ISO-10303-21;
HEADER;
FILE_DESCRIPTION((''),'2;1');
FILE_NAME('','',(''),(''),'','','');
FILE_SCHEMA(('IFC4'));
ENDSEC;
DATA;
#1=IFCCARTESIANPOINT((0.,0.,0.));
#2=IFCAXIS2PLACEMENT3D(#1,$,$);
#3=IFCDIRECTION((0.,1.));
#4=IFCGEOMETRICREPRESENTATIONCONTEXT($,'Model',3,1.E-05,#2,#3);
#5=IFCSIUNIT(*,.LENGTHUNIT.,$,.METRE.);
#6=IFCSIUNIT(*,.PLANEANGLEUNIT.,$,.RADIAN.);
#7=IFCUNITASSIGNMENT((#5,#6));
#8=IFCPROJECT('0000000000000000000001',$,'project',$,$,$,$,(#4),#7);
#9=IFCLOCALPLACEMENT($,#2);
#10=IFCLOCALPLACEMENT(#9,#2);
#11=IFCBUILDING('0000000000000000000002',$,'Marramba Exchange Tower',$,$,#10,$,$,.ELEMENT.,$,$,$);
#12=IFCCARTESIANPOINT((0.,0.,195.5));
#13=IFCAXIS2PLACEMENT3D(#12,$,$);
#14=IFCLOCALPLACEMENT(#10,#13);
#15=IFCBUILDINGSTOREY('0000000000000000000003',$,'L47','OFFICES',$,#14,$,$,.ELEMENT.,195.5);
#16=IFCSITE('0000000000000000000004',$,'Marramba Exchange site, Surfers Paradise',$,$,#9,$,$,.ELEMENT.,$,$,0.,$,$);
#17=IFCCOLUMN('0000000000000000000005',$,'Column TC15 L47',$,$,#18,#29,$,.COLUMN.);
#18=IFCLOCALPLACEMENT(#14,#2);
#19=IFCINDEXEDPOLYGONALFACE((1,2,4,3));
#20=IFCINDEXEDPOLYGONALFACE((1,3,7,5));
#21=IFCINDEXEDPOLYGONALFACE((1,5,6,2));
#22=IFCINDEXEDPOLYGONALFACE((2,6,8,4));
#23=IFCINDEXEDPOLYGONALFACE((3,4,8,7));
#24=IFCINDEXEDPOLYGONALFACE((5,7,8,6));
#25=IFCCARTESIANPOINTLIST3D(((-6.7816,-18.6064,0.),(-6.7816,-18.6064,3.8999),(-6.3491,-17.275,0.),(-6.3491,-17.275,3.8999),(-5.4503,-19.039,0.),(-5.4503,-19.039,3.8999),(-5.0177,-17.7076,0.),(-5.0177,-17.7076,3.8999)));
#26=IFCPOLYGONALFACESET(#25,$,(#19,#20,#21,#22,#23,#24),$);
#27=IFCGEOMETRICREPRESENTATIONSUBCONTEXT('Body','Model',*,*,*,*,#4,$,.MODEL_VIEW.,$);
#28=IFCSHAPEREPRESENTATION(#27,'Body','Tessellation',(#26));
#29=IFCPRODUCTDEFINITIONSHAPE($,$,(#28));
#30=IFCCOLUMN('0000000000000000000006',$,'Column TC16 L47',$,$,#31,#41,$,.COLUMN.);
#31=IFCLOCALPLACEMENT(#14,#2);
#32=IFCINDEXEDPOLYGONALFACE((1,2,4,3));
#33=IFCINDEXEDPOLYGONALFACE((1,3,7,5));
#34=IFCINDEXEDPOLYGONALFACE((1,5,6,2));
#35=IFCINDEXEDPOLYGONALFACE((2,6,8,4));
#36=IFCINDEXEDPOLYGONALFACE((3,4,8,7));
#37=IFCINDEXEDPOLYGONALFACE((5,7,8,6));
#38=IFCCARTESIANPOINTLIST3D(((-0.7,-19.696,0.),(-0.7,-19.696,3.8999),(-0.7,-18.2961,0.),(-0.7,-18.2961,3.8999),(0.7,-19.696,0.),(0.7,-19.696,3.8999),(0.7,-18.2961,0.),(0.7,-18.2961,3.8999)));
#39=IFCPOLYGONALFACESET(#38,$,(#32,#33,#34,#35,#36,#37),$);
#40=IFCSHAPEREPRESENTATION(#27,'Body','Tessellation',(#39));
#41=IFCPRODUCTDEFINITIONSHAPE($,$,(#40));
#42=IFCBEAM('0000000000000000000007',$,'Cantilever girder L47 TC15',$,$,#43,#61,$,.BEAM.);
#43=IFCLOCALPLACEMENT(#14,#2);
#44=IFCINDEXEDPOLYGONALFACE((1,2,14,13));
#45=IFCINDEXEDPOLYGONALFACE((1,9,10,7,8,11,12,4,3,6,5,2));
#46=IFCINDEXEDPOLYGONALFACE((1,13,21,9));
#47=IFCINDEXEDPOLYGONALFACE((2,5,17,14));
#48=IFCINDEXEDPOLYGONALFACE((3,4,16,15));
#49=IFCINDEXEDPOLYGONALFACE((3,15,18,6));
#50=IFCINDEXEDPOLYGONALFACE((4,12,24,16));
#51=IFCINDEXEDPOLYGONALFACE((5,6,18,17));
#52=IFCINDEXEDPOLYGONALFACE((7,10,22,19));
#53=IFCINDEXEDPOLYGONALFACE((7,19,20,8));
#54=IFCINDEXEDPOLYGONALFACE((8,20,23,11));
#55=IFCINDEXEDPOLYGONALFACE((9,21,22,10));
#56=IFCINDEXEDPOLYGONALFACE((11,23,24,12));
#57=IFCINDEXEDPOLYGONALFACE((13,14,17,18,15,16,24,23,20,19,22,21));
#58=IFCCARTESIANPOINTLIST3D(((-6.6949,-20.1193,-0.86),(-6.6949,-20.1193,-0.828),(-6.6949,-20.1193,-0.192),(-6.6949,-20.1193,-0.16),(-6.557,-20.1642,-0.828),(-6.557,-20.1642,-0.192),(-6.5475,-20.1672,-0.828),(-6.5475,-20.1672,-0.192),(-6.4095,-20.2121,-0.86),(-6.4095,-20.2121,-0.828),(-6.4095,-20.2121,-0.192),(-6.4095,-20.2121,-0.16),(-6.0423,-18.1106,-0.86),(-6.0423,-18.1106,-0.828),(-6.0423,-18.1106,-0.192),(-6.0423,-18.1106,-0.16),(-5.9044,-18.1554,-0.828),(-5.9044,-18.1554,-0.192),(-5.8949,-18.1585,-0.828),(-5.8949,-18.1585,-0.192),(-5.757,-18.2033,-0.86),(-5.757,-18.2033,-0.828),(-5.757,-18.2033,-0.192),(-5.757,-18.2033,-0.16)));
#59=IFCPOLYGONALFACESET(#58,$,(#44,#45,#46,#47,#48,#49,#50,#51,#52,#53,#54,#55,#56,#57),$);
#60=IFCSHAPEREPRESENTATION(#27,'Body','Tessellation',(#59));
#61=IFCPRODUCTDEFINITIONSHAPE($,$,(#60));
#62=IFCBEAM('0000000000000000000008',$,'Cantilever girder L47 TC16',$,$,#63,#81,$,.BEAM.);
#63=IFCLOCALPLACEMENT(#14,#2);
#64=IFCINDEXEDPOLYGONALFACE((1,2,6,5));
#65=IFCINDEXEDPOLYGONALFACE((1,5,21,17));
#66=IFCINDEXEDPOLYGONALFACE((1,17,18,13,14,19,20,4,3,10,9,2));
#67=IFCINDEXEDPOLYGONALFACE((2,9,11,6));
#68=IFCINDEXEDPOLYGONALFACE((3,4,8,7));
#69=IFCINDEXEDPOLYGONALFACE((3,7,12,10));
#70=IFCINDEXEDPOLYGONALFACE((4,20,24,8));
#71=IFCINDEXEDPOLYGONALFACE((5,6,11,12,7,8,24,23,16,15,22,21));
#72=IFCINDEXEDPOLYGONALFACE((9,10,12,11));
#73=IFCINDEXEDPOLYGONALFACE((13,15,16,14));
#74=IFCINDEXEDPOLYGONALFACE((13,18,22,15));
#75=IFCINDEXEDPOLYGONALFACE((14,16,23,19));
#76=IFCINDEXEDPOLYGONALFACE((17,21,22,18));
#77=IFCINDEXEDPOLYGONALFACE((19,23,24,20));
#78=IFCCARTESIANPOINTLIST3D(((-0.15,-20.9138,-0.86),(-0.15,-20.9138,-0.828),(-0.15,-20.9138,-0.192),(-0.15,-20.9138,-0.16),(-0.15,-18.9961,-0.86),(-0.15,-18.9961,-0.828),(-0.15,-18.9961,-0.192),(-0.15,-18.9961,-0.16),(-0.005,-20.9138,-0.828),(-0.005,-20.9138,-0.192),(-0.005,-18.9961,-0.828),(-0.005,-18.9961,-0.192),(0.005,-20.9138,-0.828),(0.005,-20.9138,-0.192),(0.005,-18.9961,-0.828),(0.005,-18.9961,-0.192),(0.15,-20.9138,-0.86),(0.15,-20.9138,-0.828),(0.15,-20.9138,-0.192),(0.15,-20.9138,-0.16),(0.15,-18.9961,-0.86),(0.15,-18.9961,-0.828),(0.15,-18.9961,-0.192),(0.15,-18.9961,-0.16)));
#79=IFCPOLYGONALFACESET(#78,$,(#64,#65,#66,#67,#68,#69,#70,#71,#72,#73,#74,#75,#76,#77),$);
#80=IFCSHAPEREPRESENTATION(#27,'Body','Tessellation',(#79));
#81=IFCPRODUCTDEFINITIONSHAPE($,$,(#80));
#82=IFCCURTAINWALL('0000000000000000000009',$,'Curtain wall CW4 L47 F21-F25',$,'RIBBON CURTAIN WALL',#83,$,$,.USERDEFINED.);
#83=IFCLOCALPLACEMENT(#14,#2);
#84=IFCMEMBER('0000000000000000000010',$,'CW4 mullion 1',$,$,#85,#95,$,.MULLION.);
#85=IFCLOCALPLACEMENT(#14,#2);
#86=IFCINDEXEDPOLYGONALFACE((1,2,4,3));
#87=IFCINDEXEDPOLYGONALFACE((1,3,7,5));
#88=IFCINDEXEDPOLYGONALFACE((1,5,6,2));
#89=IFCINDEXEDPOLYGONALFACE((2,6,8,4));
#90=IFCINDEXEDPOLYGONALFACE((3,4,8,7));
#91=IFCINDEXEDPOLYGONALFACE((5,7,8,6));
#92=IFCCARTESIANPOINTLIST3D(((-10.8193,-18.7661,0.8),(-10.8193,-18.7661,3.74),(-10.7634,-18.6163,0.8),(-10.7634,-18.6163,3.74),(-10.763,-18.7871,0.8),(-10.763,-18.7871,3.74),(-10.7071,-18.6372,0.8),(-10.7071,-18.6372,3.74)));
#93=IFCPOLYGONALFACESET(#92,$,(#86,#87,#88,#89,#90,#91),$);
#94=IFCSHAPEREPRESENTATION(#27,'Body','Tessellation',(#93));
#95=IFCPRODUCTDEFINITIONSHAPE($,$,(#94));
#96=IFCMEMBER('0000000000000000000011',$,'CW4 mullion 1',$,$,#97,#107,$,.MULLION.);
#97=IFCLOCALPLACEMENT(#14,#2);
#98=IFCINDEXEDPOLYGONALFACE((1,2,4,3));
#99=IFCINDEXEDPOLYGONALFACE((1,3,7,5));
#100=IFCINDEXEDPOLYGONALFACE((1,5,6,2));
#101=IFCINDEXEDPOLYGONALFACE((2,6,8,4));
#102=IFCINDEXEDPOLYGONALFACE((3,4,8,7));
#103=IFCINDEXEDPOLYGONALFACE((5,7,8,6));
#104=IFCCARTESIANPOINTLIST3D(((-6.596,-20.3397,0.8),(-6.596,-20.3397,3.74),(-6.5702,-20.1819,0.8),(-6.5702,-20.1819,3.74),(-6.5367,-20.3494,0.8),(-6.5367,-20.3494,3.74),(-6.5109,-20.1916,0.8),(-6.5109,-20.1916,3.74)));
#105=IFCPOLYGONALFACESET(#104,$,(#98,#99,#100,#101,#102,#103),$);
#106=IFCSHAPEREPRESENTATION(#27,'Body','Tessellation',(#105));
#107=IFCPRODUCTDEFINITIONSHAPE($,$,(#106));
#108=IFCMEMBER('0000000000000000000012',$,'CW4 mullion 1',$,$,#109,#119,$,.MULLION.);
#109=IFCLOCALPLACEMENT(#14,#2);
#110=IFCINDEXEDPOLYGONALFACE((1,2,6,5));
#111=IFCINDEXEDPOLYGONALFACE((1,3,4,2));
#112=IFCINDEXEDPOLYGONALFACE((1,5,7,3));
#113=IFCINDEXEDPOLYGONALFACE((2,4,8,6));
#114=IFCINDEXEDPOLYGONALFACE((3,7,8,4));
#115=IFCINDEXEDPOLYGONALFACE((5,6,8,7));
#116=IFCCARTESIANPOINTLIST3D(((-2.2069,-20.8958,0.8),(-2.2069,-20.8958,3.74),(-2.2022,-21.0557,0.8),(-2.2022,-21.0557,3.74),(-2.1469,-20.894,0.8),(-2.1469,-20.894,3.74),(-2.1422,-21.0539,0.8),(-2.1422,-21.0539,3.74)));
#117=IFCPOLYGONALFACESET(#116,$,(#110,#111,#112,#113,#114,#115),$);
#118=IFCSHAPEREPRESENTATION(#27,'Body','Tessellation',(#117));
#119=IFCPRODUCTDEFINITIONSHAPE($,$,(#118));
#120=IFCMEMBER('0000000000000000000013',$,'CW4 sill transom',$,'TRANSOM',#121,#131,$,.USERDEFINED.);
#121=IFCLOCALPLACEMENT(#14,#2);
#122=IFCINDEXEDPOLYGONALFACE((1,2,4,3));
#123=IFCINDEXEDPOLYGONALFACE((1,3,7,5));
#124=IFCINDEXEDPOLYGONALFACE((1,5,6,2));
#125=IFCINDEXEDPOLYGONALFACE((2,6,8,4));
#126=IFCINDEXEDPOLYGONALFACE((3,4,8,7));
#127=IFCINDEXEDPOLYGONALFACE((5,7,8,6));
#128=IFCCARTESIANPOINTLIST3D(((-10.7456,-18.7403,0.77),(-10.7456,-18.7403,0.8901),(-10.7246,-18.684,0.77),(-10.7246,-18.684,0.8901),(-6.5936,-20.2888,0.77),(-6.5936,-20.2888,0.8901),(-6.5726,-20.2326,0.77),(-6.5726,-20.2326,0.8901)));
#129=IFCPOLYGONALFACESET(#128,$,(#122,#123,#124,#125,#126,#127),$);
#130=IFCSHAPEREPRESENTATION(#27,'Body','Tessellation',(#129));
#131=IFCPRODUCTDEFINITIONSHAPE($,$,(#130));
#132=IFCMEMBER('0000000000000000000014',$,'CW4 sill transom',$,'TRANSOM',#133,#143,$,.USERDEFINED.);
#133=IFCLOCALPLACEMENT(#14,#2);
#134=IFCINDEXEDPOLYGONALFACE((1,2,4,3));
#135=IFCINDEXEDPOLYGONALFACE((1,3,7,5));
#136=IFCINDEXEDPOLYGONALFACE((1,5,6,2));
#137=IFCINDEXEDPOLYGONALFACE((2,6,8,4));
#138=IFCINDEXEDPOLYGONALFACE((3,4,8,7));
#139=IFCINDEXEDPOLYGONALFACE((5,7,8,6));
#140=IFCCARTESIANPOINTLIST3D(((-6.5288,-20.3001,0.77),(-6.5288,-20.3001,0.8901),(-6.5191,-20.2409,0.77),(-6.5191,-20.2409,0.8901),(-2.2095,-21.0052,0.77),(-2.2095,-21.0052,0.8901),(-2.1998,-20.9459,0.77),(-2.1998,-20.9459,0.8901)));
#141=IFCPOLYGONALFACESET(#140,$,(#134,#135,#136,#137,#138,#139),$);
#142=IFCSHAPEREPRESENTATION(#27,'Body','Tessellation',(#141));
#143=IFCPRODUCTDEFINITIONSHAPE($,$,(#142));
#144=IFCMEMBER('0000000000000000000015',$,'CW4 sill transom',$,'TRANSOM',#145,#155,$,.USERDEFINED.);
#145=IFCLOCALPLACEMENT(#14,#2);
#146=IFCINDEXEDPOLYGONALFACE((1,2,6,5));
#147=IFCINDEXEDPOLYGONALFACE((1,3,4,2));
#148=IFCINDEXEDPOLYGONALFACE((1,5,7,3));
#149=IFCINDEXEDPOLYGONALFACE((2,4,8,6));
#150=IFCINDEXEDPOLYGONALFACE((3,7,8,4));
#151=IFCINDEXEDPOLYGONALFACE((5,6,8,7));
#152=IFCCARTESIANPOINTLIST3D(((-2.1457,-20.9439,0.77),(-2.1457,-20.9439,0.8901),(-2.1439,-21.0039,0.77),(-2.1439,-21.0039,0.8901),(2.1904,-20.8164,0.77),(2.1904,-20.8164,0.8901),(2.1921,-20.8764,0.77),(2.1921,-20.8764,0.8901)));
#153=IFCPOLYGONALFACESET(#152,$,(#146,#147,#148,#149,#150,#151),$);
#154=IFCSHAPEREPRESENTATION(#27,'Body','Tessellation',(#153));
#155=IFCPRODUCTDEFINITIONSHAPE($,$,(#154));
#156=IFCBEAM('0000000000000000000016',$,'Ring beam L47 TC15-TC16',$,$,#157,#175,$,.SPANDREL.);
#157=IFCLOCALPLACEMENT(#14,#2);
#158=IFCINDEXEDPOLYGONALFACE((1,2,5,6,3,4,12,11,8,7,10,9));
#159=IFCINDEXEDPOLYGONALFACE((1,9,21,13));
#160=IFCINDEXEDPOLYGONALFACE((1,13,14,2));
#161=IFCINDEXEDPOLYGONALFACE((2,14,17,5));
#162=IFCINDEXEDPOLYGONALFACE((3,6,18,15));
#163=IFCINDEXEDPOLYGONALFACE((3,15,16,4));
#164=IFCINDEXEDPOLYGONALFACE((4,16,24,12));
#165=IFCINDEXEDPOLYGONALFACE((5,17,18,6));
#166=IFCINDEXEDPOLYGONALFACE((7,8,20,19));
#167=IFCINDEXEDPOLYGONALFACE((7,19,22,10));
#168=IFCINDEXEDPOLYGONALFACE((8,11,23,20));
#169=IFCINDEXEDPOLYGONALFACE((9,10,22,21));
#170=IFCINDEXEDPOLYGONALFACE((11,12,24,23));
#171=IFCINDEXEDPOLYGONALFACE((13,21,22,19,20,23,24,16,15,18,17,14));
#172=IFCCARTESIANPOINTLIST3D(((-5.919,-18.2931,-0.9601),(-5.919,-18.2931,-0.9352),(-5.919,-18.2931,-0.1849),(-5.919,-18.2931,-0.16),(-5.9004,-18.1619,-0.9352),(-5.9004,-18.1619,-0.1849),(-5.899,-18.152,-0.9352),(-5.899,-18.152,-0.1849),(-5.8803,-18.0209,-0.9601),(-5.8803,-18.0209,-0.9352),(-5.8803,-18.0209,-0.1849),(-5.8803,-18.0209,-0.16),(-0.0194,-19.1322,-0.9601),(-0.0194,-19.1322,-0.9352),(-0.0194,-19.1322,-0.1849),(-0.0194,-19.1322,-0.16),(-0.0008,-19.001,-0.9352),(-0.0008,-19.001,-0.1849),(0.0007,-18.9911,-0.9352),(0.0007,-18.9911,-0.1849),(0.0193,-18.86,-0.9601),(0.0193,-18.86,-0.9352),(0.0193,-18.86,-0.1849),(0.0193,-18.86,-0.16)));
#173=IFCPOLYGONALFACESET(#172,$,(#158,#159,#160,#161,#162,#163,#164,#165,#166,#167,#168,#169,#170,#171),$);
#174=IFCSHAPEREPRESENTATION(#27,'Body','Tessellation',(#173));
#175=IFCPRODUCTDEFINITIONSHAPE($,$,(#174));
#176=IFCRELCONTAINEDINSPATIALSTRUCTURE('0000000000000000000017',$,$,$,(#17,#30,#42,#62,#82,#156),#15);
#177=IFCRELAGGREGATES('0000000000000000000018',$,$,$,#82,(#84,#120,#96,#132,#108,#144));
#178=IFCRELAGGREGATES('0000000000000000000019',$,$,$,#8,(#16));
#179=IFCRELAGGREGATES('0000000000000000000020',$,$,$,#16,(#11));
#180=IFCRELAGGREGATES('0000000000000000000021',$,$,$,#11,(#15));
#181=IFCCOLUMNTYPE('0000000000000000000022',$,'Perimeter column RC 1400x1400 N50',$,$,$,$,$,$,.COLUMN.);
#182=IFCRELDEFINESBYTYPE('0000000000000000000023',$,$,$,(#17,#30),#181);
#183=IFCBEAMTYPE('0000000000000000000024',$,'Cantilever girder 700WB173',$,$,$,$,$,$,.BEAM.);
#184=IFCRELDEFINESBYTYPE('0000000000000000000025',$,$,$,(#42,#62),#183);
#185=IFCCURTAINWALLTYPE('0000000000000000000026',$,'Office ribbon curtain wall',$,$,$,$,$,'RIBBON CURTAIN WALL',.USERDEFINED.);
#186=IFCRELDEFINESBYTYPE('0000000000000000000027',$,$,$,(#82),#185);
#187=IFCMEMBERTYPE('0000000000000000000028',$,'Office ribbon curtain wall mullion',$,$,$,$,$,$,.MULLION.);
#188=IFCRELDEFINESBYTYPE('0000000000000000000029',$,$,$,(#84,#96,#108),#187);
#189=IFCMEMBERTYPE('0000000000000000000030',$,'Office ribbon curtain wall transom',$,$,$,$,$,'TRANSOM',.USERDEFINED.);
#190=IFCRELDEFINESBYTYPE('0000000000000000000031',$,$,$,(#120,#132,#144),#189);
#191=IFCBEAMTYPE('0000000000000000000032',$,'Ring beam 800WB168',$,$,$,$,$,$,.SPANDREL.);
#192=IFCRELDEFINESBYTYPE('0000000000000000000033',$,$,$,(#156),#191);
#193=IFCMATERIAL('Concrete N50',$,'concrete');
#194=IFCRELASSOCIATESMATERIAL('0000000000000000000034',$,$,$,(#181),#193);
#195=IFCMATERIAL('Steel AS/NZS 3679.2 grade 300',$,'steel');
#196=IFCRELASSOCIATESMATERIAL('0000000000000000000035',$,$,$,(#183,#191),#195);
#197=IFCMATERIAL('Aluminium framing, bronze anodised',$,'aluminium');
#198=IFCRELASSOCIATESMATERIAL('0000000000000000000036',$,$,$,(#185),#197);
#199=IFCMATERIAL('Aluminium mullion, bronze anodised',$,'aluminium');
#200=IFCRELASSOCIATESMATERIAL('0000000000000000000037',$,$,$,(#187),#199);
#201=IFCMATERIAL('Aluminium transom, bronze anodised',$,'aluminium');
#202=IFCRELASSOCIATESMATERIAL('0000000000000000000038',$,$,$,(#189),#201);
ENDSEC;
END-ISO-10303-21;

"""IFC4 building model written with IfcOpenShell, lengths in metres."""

from ifc_helpers import new_model, si_unit, direction, frame, origin, origin_2d, place, context, subcontext, project, spatial, rectangle, i_section, extrude, material, material_profile, profile_set, type_object, element, aggregate, save


model = new_model("IFC4")

# Units and contexts
model_context = context("Model", 3, precision=1e-05, world=origin(), true_north=direction((0.0, 1.0)))
body_context = subcontext(model_context, "Body", "Model", "MODEL_VIEW")
ifc_project = project(units=[si_unit("LENGTHUNIT", "METRE"), si_unit("PLANEANGLEUNIT", "RADIAN")], contexts=[model_context])

# Site, building, storey
site_placement = place(None, origin())
site = spatial("IfcSite", under=ifc_project, at=site_placement, Name="Marramba Exchange site, Surfers Paradise", CompositionType="ELEMENT", RefElevation=0.0)
building_placement = place(site_placement, origin())
building = spatial("IfcBuilding", under=site, at=building_placement, Name="Marramba Exchange Tower", CompositionType="ELEMENT")
storey_placement = place(building_placement, frame((0.0, 0.0, 195.5)))
storey = spatial("IfcBuildingStorey", under=building, at=storey_placement, Name="L47", Description="OFFICES", CompositionType="ELEMENT", Elevation=195.5)

# Columns
ifc_material_1 = material(Name="Concrete N50", Category="concrete")
ifc_material_profile_1 = material_profile(ifc_material_1, rectangle(XDim=1.3999, YDim=1.3999, at=origin_2d()), Name="RC 1400x1400")
ifc_profile_set_1 = profile_set([ifc_material_profile_1], Name="Concrete N50")
column_type = type_object("IfcColumnType", Name="Perimeter column RC 1400x1400 N50", PredefinedType="COLUMN", material=ifc_profile_set_1)
for number, where, z_axis, x_axis, name in (
    (1, (-5.8997, -18.157, 0.0), (0.0, 0.0, 1.0), (-0.309017, -0.951057, 0.0), "Column TC15 L47"),
    (2, (0.0, -18.9961, 0.0), (0.0, 0.0, 1.0), (0.0, -1.0, 0.0), "Column TC16 L47"),
):
    element("IfcColumn", number, at=place(storey_placement, frame(where, z_axis=z_axis, x_axis=x_axis)), inside=storey, type_object=column_type, Name=name, PredefinedType="COLUMN", context=body_context, shape_type="SweptSolid", body=[
        extrude(rectangle(XDim=1.3999, YDim=1.3999, at=origin_2d()), origin(), (0.0, 0.0, 1.0), 3.8999),
    ])

# Beams
ifc_material_2 = material(Name="Steel AS/NZS 3679.2 grade 300", Category="steel")
ifc_material_profile_2 = material_profile(ifc_material_2, i_section(OverallWidth=0.3, OverallDepth=0.7, WebThickness=0.01, FlangeThickness=0.032, at=origin_2d()), Name="700WB173")
ifc_profile_set_2 = profile_set([ifc_material_profile_2], Name="Steel AS/NZS 3679.2 grade 300")
beam_type_1 = type_object("IfcBeamType", Name="Cantilever girder 700WB173", PredefinedType="BEAM", material=ifc_profile_set_2)
beam_1_placement = place(storey_placement, frame((-5.8997, -18.157, -0.51), z_axis=(-0.308971, -0.951071, 0.0), x_axis=(0.951071, -0.308971, 0.0)))
element("IfcBeam", 3, at=beam_1_placement, inside=storey, type_object=beam_type_1, Name="Cantilever girder L47 TC15", PredefinedType="BEAM", context=body_context, shape_type="SweptSolid", body=[
    extrude(i_section(OverallWidth=0.3, OverallDepth=0.7, WebThickness=0.01, FlangeThickness=0.032, at=origin_2d()), origin(), (0.0, 0.0, 1.0), 2.1121),
])
beam_2_placement = place(storey_placement, frame((0.0, -18.9961, -0.51), z_axis=(0.0, -1.0, 0.0), x_axis=(1.0, 0.0, 0.0)))
element("IfcBeam", 4, at=beam_2_placement, inside=storey, type_object=beam_type_1, Name="Cantilever girder L47 TC16", PredefinedType="BEAM", context=body_context, shape_type="SweptSolid", body=[
    extrude(i_section(OverallWidth=0.3, OverallDepth=0.7, WebThickness=0.01, FlangeThickness=0.032, at=origin_2d()), origin(), (0.0, 0.0, 1.0), 1.9177),
])

# Curtain wall, members
ifc_material_3 = material(Name="Aluminium framing, bronze anodised", Category="aluminium")
curtain_wall_type = type_object("IfcCurtainWallType", Name="Office ribbon curtain wall", ElementType="RIBBON CURTAIN WALL", PredefinedType="USERDEFINED", material=ifc_material_3)
curtain_wall_1_placement = place(storey_placement, origin())
curtain_wall_1 = element("IfcCurtainWall", 5, at=curtain_wall_1_placement, inside=storey, type_object=curtain_wall_type, Name="Curtain wall CW4 L47 F21-F25", ObjectType="RIBBON CURTAIN WALL", PredefinedType="USERDEFINED")
ifc_material_4 = material(Name="Aluminium mullion, bronze anodised", Category="aluminium")
ifc_material_profile_3 = material_profile(ifc_material_4, rectangle(XDim=0.1599, YDim=0.0601, at=origin_2d()), Name="CW4 mullion 60x160")
ifc_profile_set_3 = profile_set([ifc_material_profile_3], Name="Aluminium mullion, bronze anodised")
member_type_1 = type_object("IfcMemberType", Name="Office ribbon curtain wall mullion", PredefinedType="MULLION", material=ifc_profile_set_3)
member_1_placement = place(storey_placement, frame((-10.7632, -18.7017, 0.8), z_axis=(0.0, 0.0, 1.0), x_axis=(0.349459, 0.936952, 0.0)))
member_1 = element("IfcMember", 6, at=member_1_placement, type_object=member_type_1, Name="CW4 mullion 1", PredefinedType="MULLION", context=body_context, shape_type="SweptSolid", body=[
    extrude(rectangle(XDim=0.1599, YDim=0.0601, at=origin_2d()), origin(), (0.0, 0.0, 1.0), 2.9399),
])
member_2_placement = place(storey_placement, frame((-6.5535, -20.2656, 0.8), z_axis=(0.0, 0.0, 1.0), x_axis=(0.161146, 0.986931, 0.0)))
member_2 = element("IfcMember", 7, at=member_2_placement, type_object=member_type_1, Name="CW4 mullion 1", PredefinedType="MULLION", context=body_context, shape_type="SweptSolid", body=[
    extrude(rectangle(XDim=0.1599, YDim=0.0601, at=origin_2d()), origin(), (0.0, 0.0, 1.0), 2.9399),
])
member_3_placement = place(storey_placement, frame((-2.1746, -20.9749, 0.8), z_axis=(0.0, 0.0, 1.0), x_axis=(-0.029393, 0.999568, 0.0)))
member_3 = element("IfcMember", 8, at=member_3_placement, type_object=member_type_1, Name="CW4 mullion 1", PredefinedType="MULLION", context=body_context, shape_type="SweptSolid", body=[
    extrude(rectangle(XDim=0.1599, YDim=0.0601, at=origin_2d()), origin(), (0.0, 0.0, 1.0), 2.9399),
])
ifc_material_5 = material(Name="Aluminium transom, bronze anodised", Category="aluminium")
ifc_material_profile_4 = material_profile(ifc_material_5, rectangle(XDim=0.0601, YDim=0.1201, at=origin_2d()), Name="CW4 transom 60x120")
ifc_profile_set_4 = profile_set([ifc_material_profile_4], Name="Aluminium transom, bronze anodised")
member_type_2 = type_object("IfcMemberType", Name="Office ribbon curtain wall transom", ElementType="TRANSOM", PredefinedType="USERDEFINED", material=ifc_profile_set_4)
member_4_placement = place(storey_placement, frame((-10.7351, -18.7122, 0.8301), z_axis=(0.936955, -0.34945, 0.0), x_axis=(0.34945, 0.936955, 0.0)))
member_4 = element("IfcMember", 9, at=member_4_placement, type_object=member_type_2, Name="CW4 sill transom", ObjectType="TRANSOM", PredefinedType="USERDEFINED", context=body_context, shape_type="SweptSolid", body=[
    extrude(rectangle(XDim=0.0601, YDim=0.1201, at=origin_2d()), origin(), (0.0, 0.0, 1.0), 4.4314),
])
member_5_placement = place(storey_placement, frame((-6.5239, -20.2705, 0.8301), z_axis=(0.986937, -0.161105, 0.0), x_axis=(0.161105, 0.986937, 0.0)))
member_5 = element("IfcMember", 10, at=member_5_placement, type_object=member_type_2, Name="CW4 sill transom", ObjectType="TRANSOM", PredefinedType="USERDEFINED", context=body_context, shape_type="SweptSolid", body=[
    extrude(rectangle(XDim=0.0601, YDim=0.1201, at=origin_2d()), origin(), (0.0, 0.0, 1.0), 4.3765),
])
member_6_placement = place(storey_placement, frame((-2.1448, -20.9739, 0.8301), z_axis=(0.999568, 0.029379, 0.0), x_axis=(-0.029379, 0.999568, 0.0)))
member_6 = element("IfcMember", 11, at=member_6_placement, type_object=member_type_2, Name="CW4 sill transom", ObjectType="TRANSOM", PredefinedType="USERDEFINED", context=body_context, shape_type="SweptSolid", body=[
    extrude(rectangle(XDim=0.0601, YDim=0.1201, at=origin_2d()), origin(), (0.0, 0.0, 1.0), 4.3379),
])

# Beam
ifc_material_profile_5 = material_profile(ifc_material_2, i_section(OverallWidth=0.2749, OverallDepth=0.8, WebThickness=0.01, FlangeThickness=0.0249, at=origin_2d()), Name="800WB168")
ifc_profile_set_5 = profile_set([ifc_material_profile_5], Name="Steel AS/NZS 3679.2 grade 300")
beam_type_2 = type_object("IfcBeamType", Name="Ring beam 800WB168", PredefinedType="SPANDREL", material=ifc_profile_set_5)
for number, where, z_axis, x_axis, name in (
    (12, (-5.8997, -18.157, -0.5601), (0.990036, -0.140813, 0.0), (0.140813, 0.990036, 0.0), "Ring beam L47 TC15-TC16"),
):
    element("IfcBeam", number, at=place(storey_placement, frame(where, z_axis=z_axis, x_axis=x_axis)), inside=storey, type_object=beam_type_2, Name=name, PredefinedType="SPANDREL", context=body_context, shape_type="SweptSolid", body=[
        extrude(i_section(OverallWidth=0.2749, OverallDepth=0.8, WebThickness=0.01, FlangeThickness=0.0249, at=origin_2d()), origin(), (0.0, 0.0, 1.0), 5.959),
    ])

aggregate(curtain_wall_1, [member_1, member_4, member_2, member_5, member_3, member_6])

save(model, "model.ifc")
